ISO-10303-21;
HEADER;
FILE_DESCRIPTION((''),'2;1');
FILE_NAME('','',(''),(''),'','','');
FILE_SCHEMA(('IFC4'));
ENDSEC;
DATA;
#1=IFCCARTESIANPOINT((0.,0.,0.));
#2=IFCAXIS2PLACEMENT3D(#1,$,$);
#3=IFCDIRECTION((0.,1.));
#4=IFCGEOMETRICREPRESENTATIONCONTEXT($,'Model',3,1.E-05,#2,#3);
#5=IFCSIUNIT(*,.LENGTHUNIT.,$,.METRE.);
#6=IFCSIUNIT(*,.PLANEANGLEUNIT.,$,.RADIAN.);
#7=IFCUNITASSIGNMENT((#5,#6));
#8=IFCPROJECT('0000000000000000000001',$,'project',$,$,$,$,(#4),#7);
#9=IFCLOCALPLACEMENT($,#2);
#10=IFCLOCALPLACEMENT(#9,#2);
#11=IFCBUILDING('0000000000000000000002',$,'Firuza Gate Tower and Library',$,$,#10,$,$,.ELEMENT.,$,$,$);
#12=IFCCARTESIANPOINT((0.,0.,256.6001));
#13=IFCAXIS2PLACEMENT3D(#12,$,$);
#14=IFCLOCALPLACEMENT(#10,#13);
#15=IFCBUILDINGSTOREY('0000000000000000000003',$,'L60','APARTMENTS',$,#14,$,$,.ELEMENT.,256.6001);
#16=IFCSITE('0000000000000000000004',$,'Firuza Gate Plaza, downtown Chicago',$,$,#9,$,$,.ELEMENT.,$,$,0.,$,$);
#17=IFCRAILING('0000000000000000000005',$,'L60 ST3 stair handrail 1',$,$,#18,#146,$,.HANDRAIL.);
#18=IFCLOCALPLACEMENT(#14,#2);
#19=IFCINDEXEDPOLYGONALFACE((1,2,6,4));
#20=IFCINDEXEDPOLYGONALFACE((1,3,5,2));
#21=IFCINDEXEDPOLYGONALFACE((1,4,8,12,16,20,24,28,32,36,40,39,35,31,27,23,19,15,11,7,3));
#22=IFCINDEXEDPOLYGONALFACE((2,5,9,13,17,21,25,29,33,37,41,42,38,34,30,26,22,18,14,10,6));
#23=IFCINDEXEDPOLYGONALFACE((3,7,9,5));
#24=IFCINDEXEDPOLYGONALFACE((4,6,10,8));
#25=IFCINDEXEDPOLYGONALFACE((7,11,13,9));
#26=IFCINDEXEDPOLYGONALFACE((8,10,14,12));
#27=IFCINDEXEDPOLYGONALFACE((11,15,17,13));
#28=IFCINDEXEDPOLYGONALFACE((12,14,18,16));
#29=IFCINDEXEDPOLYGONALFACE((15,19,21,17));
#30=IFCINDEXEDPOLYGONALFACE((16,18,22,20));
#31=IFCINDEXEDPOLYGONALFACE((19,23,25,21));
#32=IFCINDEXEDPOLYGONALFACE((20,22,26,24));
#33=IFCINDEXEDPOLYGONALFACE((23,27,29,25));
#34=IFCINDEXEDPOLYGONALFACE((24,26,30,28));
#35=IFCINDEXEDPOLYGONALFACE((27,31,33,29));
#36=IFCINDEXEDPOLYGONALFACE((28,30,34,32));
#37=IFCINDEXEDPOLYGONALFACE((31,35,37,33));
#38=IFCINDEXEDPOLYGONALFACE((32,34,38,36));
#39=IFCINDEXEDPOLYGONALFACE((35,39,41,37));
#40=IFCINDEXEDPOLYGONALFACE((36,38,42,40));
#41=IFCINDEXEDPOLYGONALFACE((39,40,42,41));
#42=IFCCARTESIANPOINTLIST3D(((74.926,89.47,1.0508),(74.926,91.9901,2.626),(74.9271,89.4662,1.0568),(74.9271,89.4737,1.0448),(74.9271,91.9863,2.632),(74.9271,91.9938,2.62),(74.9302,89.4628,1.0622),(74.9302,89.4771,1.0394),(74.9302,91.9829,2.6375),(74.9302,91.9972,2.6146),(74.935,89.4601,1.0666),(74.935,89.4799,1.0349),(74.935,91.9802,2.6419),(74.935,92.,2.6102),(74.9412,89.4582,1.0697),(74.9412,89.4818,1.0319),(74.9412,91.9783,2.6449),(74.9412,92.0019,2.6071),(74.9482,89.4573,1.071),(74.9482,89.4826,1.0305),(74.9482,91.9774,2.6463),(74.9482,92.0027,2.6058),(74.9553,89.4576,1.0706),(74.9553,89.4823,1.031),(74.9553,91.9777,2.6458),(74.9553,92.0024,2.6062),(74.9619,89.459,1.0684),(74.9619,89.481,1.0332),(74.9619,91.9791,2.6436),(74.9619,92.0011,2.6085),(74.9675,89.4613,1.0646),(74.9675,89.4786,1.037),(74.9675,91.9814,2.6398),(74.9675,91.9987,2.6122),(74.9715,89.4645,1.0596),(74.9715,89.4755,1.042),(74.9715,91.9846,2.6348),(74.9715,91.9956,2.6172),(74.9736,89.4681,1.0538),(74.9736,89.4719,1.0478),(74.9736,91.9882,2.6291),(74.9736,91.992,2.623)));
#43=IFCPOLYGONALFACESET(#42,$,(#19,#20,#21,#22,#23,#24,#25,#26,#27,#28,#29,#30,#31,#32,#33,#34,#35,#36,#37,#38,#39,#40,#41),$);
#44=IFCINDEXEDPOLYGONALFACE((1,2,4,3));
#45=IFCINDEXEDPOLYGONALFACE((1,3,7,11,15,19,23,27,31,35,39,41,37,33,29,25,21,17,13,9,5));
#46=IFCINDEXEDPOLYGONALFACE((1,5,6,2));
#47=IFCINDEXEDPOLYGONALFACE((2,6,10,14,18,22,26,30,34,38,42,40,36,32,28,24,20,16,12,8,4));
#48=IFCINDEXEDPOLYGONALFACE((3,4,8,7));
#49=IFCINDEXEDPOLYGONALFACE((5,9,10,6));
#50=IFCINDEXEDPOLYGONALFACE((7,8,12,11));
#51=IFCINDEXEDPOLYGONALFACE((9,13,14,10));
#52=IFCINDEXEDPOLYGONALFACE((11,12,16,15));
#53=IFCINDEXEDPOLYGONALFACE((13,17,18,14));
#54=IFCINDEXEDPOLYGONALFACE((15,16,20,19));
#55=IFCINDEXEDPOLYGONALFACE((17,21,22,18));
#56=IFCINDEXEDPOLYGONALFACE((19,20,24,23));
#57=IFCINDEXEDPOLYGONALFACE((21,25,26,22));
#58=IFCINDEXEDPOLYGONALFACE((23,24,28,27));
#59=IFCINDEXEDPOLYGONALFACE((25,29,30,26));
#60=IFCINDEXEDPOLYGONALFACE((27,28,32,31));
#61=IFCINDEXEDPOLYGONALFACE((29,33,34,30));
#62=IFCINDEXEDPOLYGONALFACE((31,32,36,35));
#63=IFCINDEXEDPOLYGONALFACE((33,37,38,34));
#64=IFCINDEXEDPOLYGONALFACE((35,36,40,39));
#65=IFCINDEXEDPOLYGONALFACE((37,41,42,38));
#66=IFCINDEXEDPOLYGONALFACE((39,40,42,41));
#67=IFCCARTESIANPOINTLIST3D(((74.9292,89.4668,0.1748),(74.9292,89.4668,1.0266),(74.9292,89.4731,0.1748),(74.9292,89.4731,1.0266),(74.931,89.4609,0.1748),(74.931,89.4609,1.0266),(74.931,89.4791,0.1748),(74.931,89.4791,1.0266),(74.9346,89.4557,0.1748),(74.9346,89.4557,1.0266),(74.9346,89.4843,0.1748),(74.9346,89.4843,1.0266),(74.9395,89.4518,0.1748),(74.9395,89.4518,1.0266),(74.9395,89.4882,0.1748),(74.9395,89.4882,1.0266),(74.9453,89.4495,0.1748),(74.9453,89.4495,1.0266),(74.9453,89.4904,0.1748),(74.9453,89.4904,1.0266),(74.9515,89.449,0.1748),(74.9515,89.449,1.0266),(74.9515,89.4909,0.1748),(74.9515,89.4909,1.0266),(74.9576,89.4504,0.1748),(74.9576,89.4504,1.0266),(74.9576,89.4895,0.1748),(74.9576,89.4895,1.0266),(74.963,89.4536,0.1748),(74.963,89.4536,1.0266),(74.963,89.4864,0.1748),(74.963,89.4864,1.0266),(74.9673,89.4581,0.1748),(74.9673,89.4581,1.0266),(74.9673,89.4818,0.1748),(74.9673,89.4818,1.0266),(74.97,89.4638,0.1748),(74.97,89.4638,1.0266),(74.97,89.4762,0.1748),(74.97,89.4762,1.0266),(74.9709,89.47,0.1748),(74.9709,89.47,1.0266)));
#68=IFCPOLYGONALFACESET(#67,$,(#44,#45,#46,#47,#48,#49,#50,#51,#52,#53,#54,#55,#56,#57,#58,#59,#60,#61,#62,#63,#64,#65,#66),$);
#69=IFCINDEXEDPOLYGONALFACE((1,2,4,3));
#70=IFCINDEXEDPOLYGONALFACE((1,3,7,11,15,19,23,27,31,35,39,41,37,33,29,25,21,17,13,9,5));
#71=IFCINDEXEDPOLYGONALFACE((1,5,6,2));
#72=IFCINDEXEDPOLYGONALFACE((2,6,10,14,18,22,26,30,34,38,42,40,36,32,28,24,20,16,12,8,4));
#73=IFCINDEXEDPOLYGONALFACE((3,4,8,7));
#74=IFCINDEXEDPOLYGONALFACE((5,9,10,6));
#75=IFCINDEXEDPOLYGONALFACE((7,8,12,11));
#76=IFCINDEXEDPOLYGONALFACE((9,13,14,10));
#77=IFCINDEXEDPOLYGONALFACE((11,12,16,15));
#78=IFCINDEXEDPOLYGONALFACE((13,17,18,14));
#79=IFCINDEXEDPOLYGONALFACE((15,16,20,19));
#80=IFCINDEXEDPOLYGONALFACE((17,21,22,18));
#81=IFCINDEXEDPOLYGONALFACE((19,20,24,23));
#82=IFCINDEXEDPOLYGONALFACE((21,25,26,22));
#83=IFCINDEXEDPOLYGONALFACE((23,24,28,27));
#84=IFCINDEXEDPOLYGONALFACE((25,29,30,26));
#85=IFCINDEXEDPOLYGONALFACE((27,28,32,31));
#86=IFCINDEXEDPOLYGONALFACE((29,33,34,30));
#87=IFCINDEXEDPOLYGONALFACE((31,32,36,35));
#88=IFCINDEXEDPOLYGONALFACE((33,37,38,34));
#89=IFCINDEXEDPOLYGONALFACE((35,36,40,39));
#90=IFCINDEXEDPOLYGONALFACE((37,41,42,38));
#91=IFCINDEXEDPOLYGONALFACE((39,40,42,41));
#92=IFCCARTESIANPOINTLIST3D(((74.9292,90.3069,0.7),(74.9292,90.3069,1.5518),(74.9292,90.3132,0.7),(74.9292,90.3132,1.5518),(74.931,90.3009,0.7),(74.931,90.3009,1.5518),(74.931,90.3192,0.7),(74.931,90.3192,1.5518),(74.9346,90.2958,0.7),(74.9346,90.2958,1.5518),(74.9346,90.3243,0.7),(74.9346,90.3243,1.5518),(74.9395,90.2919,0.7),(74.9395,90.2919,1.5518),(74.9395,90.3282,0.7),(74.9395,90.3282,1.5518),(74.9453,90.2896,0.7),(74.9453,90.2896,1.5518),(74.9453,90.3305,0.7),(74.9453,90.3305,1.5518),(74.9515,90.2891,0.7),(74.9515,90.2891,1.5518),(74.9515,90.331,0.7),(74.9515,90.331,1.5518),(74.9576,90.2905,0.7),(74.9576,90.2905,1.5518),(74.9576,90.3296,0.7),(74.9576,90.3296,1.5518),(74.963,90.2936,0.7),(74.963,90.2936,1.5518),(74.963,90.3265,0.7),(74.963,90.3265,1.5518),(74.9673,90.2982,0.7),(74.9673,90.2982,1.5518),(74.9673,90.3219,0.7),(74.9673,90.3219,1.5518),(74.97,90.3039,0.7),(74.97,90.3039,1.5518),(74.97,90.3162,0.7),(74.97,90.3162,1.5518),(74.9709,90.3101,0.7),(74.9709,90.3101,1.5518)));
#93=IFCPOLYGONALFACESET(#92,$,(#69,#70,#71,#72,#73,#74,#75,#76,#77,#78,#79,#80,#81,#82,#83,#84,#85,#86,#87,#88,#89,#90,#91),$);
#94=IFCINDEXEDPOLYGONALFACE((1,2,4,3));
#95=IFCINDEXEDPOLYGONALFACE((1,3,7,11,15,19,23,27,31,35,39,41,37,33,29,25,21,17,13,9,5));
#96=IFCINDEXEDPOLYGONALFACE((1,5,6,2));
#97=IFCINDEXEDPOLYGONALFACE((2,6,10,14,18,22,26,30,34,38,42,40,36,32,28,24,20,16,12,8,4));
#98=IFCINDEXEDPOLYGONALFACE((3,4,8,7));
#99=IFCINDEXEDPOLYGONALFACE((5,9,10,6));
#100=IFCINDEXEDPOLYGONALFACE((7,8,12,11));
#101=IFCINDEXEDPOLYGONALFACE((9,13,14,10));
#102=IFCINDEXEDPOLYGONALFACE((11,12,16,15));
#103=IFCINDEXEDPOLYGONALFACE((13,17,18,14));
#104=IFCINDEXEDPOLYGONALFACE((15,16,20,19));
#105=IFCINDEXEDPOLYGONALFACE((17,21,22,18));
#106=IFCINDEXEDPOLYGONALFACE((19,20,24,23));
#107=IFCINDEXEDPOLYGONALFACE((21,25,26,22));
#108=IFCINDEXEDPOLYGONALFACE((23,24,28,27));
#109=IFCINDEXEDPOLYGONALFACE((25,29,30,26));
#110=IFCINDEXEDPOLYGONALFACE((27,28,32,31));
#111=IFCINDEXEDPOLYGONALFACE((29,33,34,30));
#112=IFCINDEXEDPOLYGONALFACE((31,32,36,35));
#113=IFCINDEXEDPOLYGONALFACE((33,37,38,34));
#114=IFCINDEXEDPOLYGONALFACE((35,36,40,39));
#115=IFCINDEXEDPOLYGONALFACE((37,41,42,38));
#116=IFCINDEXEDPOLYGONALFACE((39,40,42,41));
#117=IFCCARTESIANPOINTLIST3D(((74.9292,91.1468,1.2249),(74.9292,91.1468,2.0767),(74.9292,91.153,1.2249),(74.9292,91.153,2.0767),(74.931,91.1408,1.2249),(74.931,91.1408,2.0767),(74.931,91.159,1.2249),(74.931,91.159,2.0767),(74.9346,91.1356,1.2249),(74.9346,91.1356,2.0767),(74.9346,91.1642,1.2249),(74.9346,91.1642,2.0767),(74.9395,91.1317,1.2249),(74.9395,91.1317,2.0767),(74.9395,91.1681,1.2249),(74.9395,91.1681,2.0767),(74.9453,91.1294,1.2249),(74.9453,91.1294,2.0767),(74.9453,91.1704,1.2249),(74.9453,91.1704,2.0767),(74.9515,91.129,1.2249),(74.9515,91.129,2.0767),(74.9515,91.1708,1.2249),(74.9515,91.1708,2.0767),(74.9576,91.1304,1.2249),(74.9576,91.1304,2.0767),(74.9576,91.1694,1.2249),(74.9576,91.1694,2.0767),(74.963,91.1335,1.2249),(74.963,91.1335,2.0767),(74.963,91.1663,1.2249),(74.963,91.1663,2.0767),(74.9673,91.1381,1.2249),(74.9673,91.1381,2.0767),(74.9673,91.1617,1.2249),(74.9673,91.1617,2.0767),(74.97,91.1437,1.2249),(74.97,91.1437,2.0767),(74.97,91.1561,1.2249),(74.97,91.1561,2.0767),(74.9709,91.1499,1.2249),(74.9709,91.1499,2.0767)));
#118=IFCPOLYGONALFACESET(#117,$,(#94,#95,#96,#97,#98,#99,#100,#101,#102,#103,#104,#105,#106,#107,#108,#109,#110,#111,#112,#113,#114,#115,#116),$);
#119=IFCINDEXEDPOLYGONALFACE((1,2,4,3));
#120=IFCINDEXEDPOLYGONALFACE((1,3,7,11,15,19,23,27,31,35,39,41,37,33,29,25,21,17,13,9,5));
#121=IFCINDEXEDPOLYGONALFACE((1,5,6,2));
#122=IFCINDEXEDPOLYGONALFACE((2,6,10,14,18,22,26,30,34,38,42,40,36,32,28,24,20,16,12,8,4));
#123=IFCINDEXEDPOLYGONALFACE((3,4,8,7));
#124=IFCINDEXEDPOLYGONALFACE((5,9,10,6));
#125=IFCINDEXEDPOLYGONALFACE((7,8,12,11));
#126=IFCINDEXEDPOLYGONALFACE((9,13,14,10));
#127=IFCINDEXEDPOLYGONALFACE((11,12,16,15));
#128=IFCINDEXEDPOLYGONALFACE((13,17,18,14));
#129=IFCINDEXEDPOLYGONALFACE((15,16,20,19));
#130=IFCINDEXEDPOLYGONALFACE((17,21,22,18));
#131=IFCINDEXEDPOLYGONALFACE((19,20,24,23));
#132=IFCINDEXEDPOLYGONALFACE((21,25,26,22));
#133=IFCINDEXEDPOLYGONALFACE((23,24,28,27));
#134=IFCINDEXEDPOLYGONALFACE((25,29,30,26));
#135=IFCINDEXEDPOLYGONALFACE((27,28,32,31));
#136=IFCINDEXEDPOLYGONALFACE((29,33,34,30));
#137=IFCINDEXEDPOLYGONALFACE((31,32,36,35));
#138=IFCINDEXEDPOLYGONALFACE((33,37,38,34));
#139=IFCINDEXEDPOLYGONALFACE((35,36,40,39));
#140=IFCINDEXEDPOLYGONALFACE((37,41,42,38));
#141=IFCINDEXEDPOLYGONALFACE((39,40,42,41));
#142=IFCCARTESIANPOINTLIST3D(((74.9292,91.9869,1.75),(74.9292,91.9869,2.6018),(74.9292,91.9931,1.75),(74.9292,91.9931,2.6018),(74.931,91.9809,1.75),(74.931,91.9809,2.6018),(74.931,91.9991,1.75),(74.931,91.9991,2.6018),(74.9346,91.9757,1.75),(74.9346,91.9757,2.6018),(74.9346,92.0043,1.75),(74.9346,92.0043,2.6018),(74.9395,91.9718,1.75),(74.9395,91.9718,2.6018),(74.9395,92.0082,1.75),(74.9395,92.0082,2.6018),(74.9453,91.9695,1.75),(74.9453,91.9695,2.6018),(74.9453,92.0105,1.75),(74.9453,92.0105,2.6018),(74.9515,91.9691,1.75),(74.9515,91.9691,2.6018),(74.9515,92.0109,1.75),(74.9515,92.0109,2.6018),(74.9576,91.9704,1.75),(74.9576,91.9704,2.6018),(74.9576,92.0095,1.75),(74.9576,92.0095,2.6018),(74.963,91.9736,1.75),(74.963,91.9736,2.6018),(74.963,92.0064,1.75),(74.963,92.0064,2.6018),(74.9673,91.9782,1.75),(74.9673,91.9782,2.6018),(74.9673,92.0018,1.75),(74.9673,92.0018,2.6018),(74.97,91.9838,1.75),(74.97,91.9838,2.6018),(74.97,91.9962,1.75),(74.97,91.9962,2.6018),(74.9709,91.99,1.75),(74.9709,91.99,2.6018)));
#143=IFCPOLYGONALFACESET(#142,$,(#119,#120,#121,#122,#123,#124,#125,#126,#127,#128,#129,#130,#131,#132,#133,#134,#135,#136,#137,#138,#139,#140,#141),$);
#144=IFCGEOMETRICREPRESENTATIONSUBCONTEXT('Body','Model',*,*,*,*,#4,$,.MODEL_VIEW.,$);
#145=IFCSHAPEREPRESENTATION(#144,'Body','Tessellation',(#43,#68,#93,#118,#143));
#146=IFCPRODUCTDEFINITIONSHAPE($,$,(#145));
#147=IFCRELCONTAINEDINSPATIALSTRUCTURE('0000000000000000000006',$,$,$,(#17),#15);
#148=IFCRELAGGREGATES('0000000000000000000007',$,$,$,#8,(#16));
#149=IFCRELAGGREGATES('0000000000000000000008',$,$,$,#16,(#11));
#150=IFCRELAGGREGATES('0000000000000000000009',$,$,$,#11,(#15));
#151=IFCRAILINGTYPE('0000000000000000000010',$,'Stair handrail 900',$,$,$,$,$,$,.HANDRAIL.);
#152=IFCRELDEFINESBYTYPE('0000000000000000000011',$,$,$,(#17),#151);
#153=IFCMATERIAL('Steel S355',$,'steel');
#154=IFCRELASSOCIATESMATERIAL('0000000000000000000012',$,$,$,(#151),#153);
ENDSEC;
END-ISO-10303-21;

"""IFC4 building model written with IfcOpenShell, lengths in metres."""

from ifc_helpers import new_model, si_unit, direction, frame, origin, origin_2d, place, context, subcontext, project, spatial, circle, extrude, material, type_object, element, save


model = new_model("IFC4")

# Units and contexts
model_context = context("Model", 3, precision=1e-05, world=origin(), true_north=direction((0.0, 1.0)))
body_context = subcontext(model_context, "Body", "Model", "MODEL_VIEW")
ifc_project = project(units=[si_unit("LENGTHUNIT", "METRE"), si_unit("PLANEANGLEUNIT", "RADIAN")], contexts=[model_context])

# Site, building, storey
site_placement = place(None, origin())
site = spatial("IfcSite", under=ifc_project, at=site_placement, Name="Firuza Gate Plaza, downtown Chicago", CompositionType="ELEMENT", RefElevation=0.0)
building_placement = place(site_placement, origin())
building = spatial("IfcBuilding", under=site, at=building_placement, Name="Firuza Gate Tower and Library", CompositionType="ELEMENT")
storey_placement = place(building_placement, frame((0.0, 0.0, 256.6001)))
storey = spatial("IfcBuildingStorey", under=building, at=storey_placement, Name="L60", Description="APARTMENTS", CompositionType="ELEMENT", Elevation=256.6001)

# Railing
ifc_material_1 = material(Name="Steel S355", Category="steel")
railing_type = type_object("IfcRailingType", Name="Stair handrail 900", PredefinedType="HANDRAIL", material=ifc_material_1)
railing_placement = place(storey_placement, frame((74.95, 89.47, 0.1748)))
element("IfcRailing", 1, at=railing_placement, inside=storey, type_object=railing_type, Name="L60 ST3 stair handrail 1", PredefinedType="HANDRAIL", context=body_context, shape_type="SweptSolid", body=[
    extrude(circle(Radius=0.0239, at=origin_2d()), frame((0.0, 0.0, 0.876), z_axis=(0.0, 0.847971, 0.530043), x_axis=(-1.0, 0.0, 0.0)), (0.0, 0.0, 1.0), 2.9719),
    extrude(circle(Radius=0.021, at=origin_2d()), origin(), (0.0, 0.0, 1.0), 0.8518),
    extrude(circle(Radius=0.021, at=origin_2d()), frame((0.0, 0.8401, 0.5251)), (0.0, 0.0, 1.0), 0.8518),
    extrude(circle(Radius=0.021, at=origin_2d()), frame((0.0, 1.6799, 1.05)), (0.0, 0.0, 1.0), 0.8518),
    extrude(circle(Radius=0.021, at=origin_2d()), frame((0.0, 2.52, 1.5752)), (0.0, 0.0, 1.0), 0.8518),
])

save(model, "model.ifc")
